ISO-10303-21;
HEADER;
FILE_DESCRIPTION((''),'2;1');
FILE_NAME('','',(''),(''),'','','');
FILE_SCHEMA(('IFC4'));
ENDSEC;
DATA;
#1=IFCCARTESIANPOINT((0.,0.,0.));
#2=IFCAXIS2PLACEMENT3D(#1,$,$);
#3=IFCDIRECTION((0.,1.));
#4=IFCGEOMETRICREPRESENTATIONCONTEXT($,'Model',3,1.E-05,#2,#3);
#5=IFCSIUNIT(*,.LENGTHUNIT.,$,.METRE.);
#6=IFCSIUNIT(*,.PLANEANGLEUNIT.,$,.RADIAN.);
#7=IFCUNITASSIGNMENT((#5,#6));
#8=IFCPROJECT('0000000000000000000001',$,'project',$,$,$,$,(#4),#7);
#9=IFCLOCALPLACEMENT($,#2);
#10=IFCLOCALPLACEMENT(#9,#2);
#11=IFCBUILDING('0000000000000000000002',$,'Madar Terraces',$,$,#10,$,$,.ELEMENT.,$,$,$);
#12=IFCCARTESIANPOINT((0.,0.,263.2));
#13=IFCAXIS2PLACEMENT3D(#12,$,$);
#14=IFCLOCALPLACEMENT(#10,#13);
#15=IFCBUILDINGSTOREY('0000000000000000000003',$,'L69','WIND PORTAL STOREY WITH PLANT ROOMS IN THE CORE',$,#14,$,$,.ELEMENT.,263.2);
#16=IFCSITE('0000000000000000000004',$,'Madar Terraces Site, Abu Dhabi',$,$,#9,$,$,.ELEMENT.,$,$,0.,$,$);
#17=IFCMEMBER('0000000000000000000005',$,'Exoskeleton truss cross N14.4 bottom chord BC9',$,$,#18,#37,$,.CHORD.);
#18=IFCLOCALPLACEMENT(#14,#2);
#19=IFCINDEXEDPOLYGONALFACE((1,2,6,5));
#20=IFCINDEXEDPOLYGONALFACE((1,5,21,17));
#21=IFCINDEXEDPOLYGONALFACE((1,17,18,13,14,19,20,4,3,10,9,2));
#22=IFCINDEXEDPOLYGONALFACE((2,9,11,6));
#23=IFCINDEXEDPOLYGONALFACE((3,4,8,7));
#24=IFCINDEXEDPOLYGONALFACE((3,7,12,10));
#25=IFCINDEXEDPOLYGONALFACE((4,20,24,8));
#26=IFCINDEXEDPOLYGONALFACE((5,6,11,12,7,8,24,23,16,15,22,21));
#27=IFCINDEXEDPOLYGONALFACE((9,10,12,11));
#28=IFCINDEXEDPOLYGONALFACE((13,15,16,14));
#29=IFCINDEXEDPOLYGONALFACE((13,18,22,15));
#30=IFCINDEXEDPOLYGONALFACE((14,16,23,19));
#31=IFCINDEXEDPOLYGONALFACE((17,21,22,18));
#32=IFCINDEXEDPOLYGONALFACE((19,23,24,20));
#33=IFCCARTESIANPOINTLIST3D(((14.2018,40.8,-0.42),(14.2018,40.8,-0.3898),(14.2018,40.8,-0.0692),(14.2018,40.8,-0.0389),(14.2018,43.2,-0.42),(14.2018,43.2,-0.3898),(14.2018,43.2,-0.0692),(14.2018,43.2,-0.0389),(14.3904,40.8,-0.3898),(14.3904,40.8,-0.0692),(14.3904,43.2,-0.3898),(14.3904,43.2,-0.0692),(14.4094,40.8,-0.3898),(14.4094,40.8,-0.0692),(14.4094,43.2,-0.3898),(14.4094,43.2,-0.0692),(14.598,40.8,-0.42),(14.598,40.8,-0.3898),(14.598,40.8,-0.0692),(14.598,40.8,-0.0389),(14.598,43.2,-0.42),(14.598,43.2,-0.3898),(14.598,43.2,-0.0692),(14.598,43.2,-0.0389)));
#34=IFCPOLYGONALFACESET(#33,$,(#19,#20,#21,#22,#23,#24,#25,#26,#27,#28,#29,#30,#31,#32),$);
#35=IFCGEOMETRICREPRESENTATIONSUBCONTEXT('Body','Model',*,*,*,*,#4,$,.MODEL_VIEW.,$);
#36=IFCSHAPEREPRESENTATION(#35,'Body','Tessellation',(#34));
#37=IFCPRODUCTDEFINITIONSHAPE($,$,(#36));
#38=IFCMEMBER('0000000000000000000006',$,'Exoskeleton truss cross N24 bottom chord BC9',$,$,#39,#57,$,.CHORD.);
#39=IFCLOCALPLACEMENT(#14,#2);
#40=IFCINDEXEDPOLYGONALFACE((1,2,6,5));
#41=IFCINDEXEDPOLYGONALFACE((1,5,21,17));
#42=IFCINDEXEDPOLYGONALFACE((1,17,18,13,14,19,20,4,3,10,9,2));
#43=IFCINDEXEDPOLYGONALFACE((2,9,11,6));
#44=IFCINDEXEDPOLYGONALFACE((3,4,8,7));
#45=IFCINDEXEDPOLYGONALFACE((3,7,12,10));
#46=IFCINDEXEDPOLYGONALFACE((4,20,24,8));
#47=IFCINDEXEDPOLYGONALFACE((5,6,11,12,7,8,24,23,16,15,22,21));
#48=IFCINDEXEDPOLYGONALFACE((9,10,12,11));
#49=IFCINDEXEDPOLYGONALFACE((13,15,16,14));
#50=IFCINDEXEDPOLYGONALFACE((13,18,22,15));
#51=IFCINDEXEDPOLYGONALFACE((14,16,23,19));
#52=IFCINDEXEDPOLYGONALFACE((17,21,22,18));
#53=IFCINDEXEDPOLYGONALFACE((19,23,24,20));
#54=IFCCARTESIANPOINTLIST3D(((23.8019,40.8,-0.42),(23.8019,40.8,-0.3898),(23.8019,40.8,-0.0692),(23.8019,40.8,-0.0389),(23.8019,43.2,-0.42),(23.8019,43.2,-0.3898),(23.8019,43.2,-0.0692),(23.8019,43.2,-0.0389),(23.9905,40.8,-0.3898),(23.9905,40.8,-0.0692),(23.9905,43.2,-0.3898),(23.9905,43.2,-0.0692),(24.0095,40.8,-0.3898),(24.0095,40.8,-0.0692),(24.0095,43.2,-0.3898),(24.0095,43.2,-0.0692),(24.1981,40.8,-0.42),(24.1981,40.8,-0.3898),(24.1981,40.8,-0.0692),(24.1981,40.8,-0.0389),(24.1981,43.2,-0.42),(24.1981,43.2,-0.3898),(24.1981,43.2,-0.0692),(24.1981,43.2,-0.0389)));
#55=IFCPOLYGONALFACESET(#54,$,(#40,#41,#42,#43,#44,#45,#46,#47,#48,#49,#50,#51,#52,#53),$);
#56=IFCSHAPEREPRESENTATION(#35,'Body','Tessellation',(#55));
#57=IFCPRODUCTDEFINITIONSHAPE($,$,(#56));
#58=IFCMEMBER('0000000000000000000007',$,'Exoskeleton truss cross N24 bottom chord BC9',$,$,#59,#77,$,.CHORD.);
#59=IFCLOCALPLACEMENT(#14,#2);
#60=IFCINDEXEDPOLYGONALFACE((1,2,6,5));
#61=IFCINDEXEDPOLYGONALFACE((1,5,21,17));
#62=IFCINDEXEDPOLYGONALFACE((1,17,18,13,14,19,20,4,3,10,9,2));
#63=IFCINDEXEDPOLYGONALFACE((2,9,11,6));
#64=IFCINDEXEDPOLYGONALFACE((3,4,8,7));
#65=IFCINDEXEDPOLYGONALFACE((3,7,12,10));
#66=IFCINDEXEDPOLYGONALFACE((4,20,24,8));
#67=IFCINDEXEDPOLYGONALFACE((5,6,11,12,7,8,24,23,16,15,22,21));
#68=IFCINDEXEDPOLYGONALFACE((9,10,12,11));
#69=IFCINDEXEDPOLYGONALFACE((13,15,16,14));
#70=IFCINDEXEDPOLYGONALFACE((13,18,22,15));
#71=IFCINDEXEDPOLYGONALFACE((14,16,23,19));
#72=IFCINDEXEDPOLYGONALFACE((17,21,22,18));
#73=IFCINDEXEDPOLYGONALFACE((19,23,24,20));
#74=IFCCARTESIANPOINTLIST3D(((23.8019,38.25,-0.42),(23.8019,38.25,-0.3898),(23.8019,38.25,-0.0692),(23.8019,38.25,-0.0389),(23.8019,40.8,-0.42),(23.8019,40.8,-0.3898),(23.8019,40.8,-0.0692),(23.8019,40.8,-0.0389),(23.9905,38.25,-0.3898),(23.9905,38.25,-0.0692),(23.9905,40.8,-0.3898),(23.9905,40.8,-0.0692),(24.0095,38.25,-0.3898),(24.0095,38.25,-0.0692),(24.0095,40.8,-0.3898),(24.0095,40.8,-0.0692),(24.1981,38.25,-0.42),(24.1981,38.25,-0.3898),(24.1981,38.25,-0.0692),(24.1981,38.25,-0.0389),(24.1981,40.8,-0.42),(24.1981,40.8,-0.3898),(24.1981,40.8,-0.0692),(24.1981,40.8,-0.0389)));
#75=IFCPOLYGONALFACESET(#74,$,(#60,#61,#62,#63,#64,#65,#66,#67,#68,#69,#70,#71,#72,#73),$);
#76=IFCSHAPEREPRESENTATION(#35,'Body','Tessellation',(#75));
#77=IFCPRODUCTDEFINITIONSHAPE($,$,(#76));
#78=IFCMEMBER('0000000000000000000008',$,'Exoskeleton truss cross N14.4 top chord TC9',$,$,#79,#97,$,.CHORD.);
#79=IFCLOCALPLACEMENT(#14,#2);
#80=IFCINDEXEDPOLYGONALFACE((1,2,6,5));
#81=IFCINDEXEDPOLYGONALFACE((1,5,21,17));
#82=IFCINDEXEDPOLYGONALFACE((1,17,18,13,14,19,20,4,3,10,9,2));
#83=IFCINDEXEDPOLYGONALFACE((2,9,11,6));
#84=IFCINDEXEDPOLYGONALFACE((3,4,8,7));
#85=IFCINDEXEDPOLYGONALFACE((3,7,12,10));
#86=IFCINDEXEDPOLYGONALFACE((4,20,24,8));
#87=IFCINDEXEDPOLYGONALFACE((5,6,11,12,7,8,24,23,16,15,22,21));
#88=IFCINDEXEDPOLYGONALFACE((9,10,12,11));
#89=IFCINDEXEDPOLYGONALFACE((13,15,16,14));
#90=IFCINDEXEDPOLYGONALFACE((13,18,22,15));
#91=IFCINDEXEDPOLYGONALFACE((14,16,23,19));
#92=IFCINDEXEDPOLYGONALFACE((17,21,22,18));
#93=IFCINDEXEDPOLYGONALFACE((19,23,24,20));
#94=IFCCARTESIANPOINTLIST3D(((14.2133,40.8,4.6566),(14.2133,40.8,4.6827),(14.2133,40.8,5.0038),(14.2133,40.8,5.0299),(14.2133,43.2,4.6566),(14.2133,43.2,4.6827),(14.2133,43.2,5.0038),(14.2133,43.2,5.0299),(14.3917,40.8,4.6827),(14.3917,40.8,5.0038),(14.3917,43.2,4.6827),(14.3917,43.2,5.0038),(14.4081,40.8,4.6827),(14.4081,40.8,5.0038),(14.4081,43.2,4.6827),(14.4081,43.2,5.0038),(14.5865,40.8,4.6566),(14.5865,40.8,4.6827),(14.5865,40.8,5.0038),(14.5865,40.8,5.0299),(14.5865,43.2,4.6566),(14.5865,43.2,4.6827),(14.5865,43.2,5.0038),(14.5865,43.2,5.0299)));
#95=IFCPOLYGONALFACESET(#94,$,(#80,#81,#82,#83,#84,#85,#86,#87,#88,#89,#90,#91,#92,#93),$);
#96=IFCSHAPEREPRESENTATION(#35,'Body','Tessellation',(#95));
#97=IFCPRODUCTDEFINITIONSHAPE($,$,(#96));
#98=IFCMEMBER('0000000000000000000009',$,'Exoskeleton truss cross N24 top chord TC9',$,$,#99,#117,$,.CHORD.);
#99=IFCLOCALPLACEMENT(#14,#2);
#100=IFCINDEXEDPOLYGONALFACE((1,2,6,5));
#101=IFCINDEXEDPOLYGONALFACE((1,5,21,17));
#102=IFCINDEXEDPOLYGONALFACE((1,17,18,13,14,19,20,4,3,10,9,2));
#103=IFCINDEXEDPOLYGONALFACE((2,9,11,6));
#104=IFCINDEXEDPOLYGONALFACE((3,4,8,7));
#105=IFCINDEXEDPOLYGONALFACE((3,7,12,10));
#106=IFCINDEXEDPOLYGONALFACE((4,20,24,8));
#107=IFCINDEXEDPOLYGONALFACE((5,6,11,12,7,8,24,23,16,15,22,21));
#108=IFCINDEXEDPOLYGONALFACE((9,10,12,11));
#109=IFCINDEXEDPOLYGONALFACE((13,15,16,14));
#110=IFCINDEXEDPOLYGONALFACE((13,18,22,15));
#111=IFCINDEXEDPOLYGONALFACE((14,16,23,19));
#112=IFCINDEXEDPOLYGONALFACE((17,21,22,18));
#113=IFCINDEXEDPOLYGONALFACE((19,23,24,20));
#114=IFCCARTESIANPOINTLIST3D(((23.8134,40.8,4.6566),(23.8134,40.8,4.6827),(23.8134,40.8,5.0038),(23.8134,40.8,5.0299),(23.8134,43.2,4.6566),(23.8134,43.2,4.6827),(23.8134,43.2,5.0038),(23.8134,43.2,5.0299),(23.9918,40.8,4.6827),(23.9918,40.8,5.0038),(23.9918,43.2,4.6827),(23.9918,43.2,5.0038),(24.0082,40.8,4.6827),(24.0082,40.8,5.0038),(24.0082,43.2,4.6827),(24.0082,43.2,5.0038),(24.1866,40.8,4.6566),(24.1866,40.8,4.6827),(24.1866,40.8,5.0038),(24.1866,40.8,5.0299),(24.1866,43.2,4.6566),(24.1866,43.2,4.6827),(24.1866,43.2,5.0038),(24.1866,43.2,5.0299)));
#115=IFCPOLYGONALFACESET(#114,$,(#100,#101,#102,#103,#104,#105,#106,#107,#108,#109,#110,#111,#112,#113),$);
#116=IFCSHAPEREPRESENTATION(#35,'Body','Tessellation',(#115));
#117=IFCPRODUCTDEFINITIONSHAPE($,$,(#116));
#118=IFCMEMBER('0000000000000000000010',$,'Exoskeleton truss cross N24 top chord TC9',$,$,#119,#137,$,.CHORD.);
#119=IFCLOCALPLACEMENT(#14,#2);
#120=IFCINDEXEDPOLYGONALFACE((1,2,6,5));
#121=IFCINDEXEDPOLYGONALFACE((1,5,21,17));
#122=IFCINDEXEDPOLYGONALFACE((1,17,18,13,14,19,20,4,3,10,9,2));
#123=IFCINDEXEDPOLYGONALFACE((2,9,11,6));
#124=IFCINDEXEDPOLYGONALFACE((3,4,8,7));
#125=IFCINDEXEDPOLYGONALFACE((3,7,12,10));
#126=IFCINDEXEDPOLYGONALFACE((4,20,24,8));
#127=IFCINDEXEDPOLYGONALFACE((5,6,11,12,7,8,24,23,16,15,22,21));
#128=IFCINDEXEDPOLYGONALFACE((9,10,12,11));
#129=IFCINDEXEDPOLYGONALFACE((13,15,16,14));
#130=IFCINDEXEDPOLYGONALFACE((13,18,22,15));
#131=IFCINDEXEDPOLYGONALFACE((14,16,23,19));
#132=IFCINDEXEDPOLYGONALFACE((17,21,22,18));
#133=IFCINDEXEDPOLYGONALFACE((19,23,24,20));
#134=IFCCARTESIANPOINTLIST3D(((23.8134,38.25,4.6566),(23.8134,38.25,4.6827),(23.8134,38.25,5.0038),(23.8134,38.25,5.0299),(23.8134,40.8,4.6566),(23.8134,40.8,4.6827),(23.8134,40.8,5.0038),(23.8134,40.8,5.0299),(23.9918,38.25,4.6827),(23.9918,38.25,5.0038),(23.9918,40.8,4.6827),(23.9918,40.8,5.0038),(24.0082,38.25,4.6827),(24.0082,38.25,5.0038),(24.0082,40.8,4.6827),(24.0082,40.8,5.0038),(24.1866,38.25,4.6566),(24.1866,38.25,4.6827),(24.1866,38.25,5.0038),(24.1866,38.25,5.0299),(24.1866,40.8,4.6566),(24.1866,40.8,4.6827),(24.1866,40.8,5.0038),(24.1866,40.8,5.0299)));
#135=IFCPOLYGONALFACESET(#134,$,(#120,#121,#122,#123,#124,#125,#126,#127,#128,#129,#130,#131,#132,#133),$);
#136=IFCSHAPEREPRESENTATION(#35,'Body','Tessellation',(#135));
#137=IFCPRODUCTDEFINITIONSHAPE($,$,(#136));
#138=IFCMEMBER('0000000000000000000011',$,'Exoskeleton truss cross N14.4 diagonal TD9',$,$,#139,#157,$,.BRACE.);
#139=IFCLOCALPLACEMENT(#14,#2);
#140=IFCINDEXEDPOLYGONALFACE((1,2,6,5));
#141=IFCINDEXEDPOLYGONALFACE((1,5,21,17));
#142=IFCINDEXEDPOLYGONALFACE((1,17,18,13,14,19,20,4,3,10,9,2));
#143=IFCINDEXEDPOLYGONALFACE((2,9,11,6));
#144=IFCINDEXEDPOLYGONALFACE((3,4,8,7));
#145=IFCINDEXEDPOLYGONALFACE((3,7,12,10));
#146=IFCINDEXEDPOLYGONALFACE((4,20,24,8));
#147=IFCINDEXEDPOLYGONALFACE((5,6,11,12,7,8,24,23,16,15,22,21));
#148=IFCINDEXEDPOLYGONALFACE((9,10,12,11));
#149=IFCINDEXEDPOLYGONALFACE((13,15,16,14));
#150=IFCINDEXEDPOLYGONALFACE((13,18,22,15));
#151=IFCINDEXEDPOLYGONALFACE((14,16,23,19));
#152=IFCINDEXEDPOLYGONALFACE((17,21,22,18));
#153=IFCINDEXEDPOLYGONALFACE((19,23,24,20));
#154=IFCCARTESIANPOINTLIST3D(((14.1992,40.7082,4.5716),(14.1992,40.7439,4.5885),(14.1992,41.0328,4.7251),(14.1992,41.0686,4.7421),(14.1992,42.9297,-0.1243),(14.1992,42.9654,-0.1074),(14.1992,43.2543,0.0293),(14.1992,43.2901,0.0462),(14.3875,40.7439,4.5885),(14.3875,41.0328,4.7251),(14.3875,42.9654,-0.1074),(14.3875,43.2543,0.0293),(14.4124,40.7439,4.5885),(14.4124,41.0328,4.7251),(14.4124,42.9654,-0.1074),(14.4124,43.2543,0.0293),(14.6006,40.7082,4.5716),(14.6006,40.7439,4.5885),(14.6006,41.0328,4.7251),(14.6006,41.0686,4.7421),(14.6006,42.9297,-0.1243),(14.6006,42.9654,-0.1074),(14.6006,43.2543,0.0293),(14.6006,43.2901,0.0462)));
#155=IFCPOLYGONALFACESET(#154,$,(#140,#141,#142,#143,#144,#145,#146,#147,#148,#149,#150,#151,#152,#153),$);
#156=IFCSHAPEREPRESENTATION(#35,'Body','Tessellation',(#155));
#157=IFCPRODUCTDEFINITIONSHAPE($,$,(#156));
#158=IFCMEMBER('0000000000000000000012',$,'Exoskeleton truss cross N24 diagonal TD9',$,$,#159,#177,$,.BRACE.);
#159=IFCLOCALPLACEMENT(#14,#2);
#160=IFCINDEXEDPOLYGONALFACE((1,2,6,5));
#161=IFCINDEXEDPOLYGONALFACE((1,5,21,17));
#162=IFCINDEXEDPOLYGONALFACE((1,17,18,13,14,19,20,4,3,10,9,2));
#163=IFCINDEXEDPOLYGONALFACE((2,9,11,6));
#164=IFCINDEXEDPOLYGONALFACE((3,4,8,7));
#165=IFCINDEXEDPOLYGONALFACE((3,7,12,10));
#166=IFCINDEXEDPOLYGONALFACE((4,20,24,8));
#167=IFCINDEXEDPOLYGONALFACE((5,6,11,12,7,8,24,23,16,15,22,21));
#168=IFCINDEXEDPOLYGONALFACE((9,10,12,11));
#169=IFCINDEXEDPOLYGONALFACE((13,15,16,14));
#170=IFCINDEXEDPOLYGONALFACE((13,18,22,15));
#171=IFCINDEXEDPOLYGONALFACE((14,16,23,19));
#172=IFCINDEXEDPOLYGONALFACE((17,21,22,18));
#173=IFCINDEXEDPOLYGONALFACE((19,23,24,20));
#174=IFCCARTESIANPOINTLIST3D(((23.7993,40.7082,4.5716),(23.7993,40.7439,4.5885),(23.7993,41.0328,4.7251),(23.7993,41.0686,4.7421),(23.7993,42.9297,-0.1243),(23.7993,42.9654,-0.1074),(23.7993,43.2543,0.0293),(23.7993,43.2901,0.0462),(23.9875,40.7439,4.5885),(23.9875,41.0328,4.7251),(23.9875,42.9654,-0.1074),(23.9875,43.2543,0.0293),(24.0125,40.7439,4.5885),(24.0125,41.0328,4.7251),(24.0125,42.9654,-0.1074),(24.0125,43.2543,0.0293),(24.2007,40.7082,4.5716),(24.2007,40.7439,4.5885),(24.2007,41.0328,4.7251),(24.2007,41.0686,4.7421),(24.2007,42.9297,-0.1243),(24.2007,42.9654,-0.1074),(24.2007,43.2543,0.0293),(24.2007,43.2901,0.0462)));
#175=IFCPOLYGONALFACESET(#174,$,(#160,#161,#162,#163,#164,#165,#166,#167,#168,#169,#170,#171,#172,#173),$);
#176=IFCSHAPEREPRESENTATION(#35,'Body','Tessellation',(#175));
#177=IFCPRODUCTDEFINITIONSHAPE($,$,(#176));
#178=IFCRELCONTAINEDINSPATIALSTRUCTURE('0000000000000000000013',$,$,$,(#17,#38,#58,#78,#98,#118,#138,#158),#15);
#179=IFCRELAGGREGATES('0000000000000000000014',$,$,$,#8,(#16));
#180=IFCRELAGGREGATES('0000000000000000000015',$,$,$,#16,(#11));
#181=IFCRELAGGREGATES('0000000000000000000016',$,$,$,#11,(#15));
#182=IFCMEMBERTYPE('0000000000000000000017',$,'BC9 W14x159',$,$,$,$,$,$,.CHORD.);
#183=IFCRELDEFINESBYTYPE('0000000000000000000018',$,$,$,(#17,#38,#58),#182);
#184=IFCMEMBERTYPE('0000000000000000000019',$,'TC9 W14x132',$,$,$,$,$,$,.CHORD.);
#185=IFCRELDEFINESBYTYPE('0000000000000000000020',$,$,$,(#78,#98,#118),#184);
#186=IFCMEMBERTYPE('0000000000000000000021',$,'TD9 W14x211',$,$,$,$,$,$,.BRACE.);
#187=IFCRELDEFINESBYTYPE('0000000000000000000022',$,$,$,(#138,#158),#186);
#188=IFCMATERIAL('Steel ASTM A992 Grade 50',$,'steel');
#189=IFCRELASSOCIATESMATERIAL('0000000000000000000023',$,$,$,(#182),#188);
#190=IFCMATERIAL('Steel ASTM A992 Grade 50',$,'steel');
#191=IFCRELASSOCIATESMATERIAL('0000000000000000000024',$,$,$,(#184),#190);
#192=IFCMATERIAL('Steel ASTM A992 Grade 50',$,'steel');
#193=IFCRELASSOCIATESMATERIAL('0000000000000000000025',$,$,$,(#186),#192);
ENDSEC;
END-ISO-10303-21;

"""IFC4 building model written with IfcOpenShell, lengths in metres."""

from ifc_helpers import new_model, si_unit, direction, frame, origin, origin_2d, place, context, subcontext, project, spatial, i_section, extrude, material, material_profile, profile_set, type_object, element, save


model = new_model("IFC4")

# Units and contexts
model_context = context("Model", 3, precision=1e-05, world=origin(), true_north=direction((0.0, 1.0)))
body_context = subcontext(model_context, "Body", "Model", "MODEL_VIEW")
ifc_project = project(units=[si_unit("LENGTHUNIT", "METRE"), si_unit("PLANEANGLEUNIT", "RADIAN")], contexts=[model_context])

# Site, building, storey
site_placement = place(None, origin())
site = spatial("IfcSite", under=ifc_project, at=site_placement, Name="Madar Terraces Site, Abu Dhabi", CompositionType="ELEMENT", RefElevation=0.0)
building_placement = place(site_placement, origin())
building = spatial("IfcBuilding", under=site, at=building_placement, Name="Madar Terraces", CompositionType="ELEMENT")
storey_placement = place(building_placement, frame((0.0, 0.0, 263.2)))
storey = spatial("IfcBuildingStorey", under=building, at=storey_placement, Name="L69", Description="WIND PORTAL STOREY WITH PLANT ROOMS IN THE CORE", CompositionType="ELEMENT", Elevation=263.2)

# Members
ifc_material_1 = material(Name="Steel ASTM A992 Grade 50", Category="steel")
ifc_material_profile_1 = material_profile(ifc_material_1, i_section(OverallWidth=0.3962, OverallDepth=0.3811, WebThickness=0.019, FlangeThickness=0.0303, at=origin_2d()), Name="W14x159")
ifc_profile_set_1 = profile_set([ifc_material_profile_1], Name="Steel ASTM A992 Grade 50")
member_type_1 = type_object("IfcMemberType", Name="BC9 W14x159", PredefinedType="CHORD", material=ifc_profile_set_1)
for number, where, z_axis, x_axis, name in (
    (1, (14.3999, 43.2, -0.2295), (0.0, -1.0, 0.0), (1.0, 0.0, 0.0), "Exoskeleton truss cross N14.4 bottom chord BC9"),
    (2, (24.0, 43.2, -0.2295), (0.0, -1.0, 0.0), (1.0, 0.0, 0.0), "Exoskeleton truss cross N24 bottom chord BC9"),
):
    element("IfcMember", number, at=place(storey_placement, frame(where, z_axis=z_axis, x_axis=x_axis)), inside=storey, type_object=member_type_1, Name=name, PredefinedType="CHORD", context=body_context, shape_type="SweptSolid", body=[
        extrude(i_section(OverallWidth=0.3962, OverallDepth=0.3811, WebThickness=0.019, FlangeThickness=0.0303, at=origin_2d()), origin(), (0.0, 0.0, 1.0), 2.3999),
    ])
member_1_placement = place(storey_placement, frame((24.0, 40.8, -0.2295), z_axis=(0.0, -1.0, 0.0), x_axis=(1.0, 0.0, 0.0)))
element("IfcMember", 3, at=member_1_placement, inside=storey, type_object=member_type_1, Name="Exoskeleton truss cross N24 bottom chord BC9", PredefinedType="CHORD", context=body_context, shape_type="SweptSolid", body=[
    extrude(i_section(OverallWidth=0.3962, OverallDepth=0.3811, WebThickness=0.019, FlangeThickness=0.0303, at=origin_2d()), origin(), (0.0, 0.0, 1.0), 2.55),
])
ifc_material_2 = material(Name="Steel ASTM A992 Grade 50", Category="steel")
ifc_material_profile_2 = material_profile(ifc_material_2, i_section(OverallWidth=0.3733, OverallDepth=0.3733, WebThickness=0.0164, FlangeThickness=0.0261, at=origin_2d()), Name="W14x132")
ifc_profile_set_2 = profile_set([ifc_material_profile_2], Name="Steel ASTM A992 Grade 50")
member_type_2 = type_object("IfcMemberType", Name="TC9 W14x132", PredefinedType="CHORD", material=ifc_profile_set_2)
for number, where, z_axis, x_axis, name in (
    (4, (14.3999, 43.2, 4.8433), (0.0, -1.0, 0.0), (1.0, 0.0, 0.0), "Exoskeleton truss cross N14.4 top chord TC9"),
    (5, (24.0, 43.2, 4.8433), (0.0, -1.0, 0.0), (1.0, 0.0, 0.0), "Exoskeleton truss cross N24 top chord TC9"),
):
    element("IfcMember", number, at=place(storey_placement, frame(where, z_axis=z_axis, x_axis=x_axis)), inside=storey, type_object=member_type_2, Name=name, PredefinedType="CHORD", context=body_context, shape_type="SweptSolid", body=[
        extrude(i_section(OverallWidth=0.3733, OverallDepth=0.3733, WebThickness=0.0164, FlangeThickness=0.0261, at=origin_2d()), origin(), (0.0, 0.0, 1.0), 2.3999),
    ])
member_2_placement = place(storey_placement, frame((24.0, 40.8, 4.8433), z_axis=(0.0, -1.0, 0.0), x_axis=(1.0, 0.0, 0.0)))
element("IfcMember", 6, at=member_2_placement, inside=storey, type_object=member_type_2, Name="Exoskeleton truss cross N24 top chord TC9", PredefinedType="CHORD", context=body_context, shape_type="SweptSolid", body=[
    extrude(i_section(OverallWidth=0.3733, OverallDepth=0.3733, WebThickness=0.0164, FlangeThickness=0.0261, at=origin_2d()), origin(), (0.0, 0.0, 1.0), 2.55),
])
ifc_material_3 = material(Name="Steel ASTM A992 Grade 50", Category="steel")
ifc_material_profile_3 = material_profile(ifc_material_3, i_section(OverallWidth=0.4014, OverallDepth=0.3987, WebThickness=0.0249, FlangeThickness=0.0396, at=origin_2d()), Name="W14x211")
ifc_profile_set_3 = profile_set([ifc_material_profile_3], Name="Steel ASTM A992 Grade 50")
member_type_3 = type_object("IfcMemberType", Name="TD9 W14x211", PredefinedType="BRACE", material=ifc_profile_set_3)
for number, where, z_axis, x_axis, name in (
    (7, (14.3999, 43.1099, -0.0391), (0.0, -0.427632, 0.903953), (1.0, 0.0, 0.0), "Exoskeleton truss cross N14.4 diagonal TD9"),
    (8, (24.0, 43.1099, -0.0391), (0.0, -0.427632, 0.903953), (1.0, 0.0, 0.0), "Exoskeleton truss cross N24 diagonal TD9"),
):
    element("IfcMember", number, at=place(storey_placement, frame(where, z_axis=z_axis, x_axis=x_axis)), inside=storey, type_object=member_type_3, Name=name, PredefinedType="BRACE", context=body_context, shape_type="SweptSolid", body=[
        extrude(i_section(OverallWidth=0.4014, OverallDepth=0.3987, WebThickness=0.0249, FlangeThickness=0.0396, at=origin_2d()), origin(), (0.0, 0.0, 1.0), 5.1948),
    ])

save(model, "model.ifc")
